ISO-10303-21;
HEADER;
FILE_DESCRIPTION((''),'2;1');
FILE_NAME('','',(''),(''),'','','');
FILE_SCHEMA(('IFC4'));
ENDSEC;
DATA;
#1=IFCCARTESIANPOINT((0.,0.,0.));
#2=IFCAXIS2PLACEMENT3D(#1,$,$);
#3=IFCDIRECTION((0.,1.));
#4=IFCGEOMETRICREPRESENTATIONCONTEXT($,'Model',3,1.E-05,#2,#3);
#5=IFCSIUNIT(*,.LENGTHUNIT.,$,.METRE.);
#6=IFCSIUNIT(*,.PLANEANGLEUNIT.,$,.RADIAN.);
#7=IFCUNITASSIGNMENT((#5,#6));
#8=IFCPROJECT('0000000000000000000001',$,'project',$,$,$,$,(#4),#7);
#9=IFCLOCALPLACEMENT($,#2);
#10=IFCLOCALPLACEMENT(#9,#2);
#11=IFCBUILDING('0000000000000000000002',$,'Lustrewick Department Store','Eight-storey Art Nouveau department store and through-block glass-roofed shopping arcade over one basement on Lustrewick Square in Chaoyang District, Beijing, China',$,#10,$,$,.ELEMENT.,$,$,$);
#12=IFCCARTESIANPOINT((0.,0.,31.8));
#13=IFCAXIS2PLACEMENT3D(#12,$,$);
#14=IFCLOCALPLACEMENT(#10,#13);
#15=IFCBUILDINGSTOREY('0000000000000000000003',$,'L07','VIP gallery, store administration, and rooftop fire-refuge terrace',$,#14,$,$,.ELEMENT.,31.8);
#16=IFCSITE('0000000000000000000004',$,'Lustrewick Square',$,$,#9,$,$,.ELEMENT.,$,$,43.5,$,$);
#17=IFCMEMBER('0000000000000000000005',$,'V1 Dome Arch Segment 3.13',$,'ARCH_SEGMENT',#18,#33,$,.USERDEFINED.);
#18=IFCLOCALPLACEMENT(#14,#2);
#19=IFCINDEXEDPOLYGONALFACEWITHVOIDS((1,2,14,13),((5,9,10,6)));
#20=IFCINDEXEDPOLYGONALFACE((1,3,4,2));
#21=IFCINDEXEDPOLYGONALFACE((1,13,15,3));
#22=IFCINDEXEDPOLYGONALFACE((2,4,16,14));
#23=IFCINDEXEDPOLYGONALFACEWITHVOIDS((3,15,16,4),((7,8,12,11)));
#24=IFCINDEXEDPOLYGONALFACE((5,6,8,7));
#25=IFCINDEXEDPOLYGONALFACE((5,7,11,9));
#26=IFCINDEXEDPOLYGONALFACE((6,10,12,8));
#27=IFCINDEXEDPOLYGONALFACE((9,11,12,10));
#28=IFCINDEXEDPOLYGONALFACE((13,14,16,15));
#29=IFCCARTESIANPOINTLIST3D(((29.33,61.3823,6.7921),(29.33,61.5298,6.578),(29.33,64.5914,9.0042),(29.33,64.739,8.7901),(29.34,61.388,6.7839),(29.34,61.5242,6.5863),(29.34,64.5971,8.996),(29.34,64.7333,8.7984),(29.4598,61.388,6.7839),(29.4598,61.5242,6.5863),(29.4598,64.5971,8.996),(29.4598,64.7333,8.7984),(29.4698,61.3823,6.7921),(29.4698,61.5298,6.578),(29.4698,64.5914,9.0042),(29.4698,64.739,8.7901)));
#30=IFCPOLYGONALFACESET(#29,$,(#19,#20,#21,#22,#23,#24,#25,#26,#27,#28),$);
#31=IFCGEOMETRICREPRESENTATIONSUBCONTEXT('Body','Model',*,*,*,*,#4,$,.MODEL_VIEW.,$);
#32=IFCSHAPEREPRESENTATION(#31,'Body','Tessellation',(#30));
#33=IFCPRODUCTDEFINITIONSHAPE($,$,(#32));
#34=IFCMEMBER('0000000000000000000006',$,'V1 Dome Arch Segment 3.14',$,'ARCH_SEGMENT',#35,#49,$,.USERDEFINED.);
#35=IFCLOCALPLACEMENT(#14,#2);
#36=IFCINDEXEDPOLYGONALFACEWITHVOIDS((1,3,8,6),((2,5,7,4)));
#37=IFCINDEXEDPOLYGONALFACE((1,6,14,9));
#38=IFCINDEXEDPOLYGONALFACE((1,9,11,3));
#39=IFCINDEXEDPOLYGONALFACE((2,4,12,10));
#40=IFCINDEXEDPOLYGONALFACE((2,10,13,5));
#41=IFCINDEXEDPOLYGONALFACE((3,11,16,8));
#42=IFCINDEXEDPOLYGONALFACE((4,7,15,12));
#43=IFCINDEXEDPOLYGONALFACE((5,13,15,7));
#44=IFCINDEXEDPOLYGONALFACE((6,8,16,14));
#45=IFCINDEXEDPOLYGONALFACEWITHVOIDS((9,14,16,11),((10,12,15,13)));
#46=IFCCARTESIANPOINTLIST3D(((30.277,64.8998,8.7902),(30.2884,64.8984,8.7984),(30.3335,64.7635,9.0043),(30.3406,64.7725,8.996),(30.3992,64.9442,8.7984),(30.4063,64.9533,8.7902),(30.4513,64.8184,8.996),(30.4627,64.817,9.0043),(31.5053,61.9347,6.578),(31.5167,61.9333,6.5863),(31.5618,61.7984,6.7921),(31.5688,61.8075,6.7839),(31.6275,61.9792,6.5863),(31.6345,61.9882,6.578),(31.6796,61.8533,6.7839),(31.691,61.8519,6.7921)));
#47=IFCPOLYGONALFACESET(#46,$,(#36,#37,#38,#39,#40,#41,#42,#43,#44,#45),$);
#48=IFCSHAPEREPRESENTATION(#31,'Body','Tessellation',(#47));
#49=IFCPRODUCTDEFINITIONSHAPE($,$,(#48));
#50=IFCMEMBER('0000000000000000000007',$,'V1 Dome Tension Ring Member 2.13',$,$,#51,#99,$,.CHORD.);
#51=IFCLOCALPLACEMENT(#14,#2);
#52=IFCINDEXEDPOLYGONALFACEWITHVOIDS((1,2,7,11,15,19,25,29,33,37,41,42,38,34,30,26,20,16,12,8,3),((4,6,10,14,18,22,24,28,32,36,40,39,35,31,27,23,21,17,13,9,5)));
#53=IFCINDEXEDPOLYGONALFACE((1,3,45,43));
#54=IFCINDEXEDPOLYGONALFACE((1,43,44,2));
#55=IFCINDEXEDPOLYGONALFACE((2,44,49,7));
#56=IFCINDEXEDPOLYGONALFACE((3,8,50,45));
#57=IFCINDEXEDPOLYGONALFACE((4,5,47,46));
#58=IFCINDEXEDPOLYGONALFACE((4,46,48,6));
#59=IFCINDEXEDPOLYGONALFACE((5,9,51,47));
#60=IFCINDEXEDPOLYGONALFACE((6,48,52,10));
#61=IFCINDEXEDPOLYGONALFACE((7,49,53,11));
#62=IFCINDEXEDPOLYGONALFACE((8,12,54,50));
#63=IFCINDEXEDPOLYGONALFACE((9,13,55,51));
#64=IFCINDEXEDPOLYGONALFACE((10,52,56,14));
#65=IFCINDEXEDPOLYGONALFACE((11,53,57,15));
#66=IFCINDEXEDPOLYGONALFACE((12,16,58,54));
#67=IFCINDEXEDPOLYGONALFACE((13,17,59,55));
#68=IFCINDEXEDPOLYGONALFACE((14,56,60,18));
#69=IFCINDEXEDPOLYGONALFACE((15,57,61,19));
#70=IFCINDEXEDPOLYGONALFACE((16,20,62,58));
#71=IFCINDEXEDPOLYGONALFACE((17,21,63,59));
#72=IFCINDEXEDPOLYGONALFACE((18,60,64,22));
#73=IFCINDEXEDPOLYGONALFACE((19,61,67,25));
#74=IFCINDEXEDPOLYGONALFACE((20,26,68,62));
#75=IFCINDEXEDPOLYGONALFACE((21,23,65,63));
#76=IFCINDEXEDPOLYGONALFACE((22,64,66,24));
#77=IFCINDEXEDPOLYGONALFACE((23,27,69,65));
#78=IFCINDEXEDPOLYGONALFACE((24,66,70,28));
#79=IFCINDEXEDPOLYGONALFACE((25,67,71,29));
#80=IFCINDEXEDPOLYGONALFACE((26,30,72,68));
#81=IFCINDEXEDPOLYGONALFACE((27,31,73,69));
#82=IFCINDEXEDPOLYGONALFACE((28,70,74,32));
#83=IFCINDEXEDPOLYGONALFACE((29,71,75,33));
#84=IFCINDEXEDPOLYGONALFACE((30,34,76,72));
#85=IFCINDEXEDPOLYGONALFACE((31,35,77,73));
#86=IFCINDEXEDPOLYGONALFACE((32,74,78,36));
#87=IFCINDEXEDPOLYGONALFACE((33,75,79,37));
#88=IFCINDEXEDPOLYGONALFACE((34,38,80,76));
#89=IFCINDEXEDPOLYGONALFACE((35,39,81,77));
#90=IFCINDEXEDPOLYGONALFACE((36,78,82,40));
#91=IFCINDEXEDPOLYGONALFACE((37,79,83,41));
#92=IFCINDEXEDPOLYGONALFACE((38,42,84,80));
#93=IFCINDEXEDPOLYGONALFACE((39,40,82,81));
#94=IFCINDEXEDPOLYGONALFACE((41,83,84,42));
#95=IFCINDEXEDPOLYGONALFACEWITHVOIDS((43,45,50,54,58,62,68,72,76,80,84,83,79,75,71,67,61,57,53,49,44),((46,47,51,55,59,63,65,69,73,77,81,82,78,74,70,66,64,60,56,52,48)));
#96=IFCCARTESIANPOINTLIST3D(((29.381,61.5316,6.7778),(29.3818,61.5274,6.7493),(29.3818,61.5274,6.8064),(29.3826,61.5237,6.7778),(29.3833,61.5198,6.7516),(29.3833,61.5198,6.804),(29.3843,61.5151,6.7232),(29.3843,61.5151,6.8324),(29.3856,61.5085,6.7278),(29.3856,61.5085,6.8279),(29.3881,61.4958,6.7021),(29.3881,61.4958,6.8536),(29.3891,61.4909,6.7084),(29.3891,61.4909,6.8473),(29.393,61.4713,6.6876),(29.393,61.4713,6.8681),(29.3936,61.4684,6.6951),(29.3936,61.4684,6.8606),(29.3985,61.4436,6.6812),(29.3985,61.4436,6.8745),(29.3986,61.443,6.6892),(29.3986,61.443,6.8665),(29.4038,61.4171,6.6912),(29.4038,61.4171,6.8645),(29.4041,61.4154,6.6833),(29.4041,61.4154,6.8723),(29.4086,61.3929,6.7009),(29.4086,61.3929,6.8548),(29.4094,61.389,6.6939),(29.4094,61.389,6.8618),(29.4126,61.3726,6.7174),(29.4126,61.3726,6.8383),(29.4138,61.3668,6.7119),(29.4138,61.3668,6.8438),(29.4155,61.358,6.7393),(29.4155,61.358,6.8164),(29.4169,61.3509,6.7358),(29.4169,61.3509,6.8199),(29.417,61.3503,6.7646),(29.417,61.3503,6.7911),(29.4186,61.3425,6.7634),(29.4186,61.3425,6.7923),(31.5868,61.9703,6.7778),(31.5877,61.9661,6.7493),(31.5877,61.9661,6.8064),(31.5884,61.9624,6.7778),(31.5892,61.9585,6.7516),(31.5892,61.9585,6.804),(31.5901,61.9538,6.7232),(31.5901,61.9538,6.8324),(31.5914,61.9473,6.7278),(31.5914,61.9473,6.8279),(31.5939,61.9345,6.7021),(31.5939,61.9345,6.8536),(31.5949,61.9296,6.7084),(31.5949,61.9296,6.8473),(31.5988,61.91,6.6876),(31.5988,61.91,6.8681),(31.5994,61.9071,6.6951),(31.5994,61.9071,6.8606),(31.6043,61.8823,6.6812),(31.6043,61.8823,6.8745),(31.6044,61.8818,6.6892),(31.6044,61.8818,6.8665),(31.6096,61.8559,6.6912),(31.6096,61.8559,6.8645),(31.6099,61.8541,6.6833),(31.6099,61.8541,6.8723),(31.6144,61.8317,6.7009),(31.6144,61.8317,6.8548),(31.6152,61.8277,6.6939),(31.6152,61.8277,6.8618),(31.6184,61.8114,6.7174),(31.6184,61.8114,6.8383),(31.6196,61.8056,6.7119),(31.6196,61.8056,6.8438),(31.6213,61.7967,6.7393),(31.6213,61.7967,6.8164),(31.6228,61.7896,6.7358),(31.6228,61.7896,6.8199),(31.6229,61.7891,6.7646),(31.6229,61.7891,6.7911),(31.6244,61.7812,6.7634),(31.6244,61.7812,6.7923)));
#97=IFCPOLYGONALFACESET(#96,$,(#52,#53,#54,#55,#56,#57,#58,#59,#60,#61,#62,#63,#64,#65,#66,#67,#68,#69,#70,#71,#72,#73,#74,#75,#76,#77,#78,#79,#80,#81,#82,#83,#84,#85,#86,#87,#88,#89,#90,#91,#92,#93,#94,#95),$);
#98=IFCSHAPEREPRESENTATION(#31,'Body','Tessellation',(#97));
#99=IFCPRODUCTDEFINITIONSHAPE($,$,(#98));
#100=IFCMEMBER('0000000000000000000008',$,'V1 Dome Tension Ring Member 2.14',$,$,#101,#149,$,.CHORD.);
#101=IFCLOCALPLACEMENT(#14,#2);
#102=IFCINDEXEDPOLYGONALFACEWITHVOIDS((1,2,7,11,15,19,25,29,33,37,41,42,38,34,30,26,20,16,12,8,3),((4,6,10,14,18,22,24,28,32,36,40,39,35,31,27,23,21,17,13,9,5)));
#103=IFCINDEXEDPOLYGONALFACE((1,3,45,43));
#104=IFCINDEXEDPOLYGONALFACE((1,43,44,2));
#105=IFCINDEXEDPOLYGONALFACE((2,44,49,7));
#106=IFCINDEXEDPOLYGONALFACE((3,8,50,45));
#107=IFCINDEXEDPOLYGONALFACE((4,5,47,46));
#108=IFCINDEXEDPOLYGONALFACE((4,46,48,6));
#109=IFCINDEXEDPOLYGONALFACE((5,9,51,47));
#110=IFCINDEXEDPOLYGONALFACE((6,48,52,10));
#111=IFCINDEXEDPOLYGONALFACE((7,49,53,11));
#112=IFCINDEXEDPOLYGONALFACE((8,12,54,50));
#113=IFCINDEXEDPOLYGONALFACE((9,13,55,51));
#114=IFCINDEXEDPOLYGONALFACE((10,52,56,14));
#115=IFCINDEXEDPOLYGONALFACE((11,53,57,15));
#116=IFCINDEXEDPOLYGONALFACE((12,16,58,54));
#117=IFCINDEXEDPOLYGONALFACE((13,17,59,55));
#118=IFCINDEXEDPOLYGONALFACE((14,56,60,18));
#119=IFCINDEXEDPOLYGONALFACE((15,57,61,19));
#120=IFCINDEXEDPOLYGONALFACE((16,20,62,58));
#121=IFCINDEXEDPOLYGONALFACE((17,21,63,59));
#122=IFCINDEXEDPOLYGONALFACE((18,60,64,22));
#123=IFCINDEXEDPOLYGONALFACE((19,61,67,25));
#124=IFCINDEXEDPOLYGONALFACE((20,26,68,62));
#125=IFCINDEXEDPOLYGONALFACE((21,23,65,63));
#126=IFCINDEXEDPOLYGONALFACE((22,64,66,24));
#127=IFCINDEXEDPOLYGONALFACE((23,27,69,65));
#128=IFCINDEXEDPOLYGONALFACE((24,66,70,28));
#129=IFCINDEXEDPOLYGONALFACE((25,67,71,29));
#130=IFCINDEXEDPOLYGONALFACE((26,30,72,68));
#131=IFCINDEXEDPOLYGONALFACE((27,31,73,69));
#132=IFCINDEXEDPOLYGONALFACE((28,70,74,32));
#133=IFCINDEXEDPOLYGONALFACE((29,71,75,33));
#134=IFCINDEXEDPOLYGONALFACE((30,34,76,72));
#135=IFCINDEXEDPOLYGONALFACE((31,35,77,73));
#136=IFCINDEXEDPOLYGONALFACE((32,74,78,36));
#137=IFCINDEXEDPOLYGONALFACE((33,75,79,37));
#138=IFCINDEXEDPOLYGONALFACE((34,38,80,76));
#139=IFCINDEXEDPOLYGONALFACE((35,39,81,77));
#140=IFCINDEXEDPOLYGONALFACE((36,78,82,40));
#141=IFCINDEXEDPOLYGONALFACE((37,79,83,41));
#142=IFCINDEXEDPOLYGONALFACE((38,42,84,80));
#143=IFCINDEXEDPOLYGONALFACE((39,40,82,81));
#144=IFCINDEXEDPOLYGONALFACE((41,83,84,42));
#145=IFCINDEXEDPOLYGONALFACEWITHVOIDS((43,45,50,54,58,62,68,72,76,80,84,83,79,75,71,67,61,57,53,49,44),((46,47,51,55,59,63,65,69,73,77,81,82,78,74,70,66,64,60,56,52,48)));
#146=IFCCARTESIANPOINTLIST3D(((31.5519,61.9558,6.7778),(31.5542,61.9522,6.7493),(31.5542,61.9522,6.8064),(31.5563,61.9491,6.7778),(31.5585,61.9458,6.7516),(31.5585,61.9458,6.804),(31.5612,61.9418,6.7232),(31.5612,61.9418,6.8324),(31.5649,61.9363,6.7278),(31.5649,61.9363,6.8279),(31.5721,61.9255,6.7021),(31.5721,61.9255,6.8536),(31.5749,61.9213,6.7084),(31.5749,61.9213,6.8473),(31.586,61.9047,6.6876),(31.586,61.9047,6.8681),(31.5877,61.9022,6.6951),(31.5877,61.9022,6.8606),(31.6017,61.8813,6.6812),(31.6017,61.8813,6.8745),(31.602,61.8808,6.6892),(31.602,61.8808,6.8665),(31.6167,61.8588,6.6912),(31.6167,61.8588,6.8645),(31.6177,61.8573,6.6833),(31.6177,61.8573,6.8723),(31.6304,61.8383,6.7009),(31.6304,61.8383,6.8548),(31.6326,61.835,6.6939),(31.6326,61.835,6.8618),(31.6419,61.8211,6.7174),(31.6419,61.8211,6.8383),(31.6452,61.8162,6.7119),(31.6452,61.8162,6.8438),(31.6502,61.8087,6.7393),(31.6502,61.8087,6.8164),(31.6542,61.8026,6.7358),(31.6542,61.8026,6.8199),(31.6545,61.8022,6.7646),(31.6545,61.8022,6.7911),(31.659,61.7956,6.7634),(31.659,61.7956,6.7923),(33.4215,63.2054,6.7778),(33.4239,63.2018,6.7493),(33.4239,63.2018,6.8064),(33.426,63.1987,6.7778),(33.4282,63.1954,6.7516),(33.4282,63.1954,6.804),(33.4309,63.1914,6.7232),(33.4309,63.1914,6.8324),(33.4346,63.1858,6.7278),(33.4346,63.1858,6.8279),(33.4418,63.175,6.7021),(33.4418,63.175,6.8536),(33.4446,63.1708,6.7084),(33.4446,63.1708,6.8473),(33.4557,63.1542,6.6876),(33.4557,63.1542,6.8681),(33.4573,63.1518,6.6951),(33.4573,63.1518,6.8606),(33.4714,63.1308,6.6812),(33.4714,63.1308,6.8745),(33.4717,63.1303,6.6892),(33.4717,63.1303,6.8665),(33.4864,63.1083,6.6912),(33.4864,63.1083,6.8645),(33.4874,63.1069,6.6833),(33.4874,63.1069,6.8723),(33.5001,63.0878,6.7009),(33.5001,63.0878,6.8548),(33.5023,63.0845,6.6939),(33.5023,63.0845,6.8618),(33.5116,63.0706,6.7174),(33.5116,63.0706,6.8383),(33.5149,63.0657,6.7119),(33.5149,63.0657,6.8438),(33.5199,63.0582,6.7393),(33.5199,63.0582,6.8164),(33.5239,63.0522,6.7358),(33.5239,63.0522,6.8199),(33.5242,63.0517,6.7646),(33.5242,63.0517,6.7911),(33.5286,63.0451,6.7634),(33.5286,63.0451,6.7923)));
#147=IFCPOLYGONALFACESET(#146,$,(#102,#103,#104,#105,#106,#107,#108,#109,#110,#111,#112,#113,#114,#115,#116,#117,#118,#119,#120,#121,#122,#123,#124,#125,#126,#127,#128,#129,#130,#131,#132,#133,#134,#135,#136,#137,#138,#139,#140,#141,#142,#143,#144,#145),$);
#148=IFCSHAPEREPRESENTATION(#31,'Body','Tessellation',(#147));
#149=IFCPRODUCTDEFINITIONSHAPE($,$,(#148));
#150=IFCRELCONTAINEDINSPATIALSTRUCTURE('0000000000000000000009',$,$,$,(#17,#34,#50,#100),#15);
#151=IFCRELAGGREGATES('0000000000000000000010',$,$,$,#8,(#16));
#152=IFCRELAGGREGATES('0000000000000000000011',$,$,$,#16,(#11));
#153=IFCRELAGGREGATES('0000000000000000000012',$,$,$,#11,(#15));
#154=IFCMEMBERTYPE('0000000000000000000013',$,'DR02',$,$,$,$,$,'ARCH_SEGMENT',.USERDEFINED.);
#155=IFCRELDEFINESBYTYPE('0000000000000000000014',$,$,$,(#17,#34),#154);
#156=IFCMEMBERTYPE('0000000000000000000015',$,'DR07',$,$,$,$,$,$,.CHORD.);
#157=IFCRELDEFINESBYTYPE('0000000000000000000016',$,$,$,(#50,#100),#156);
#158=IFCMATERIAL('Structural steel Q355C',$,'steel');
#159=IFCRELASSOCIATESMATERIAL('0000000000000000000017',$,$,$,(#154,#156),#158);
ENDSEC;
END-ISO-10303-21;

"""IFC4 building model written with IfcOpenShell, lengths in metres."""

from ifc_helpers import new_model, si_unit, direction, frame, origin, origin_2d, place, context, subcontext, project, spatial, hollow_rectangle, hollow_circle, extrude, material, material_profile, profile_set, type_object, element, save


model = new_model("IFC4")

# Units and contexts
model_context = context("Model", 3, precision=1e-05, world=origin(), true_north=direction((0.0, 1.0)))
body_context = subcontext(model_context, "Body", "Model", "MODEL_VIEW")
ifc_project = project(units=[si_unit("LENGTHUNIT", "METRE"), si_unit("PLANEANGLEUNIT", "RADIAN")], contexts=[model_context])

# Site, building, storey
site_placement = place(None, origin())
site = spatial("IfcSite", under=ifc_project, at=site_placement, Name="Lustrewick Square", CompositionType="ELEMENT", RefElevation=43.5)
building_placement = place(site_placement, origin())
building = spatial("IfcBuilding", under=site, at=building_placement, Name="Lustrewick Department Store", Description="Eight-storey Art Nouveau department store and through-block glass-roofed shopping arcade over one basement on Lustrewick Square in Chaoyang District, Beijing, China", CompositionType="ELEMENT")
storey_placement = place(building_placement, frame((0.0, 0.0, 31.8)))
storey = spatial("IfcBuildingStorey", under=building, at=storey_placement, Name="L07", Description="VIP gallery, store administration, and rooftop fire-refuge terrace", CompositionType="ELEMENT", Elevation=31.8)

# Members
ifc_material_1 = material(Name="Structural steel Q355C", Category="steel")
ifc_material_profile_1 = material_profile(ifc_material_1, hollow_rectangle(XDim=0.1399, YDim=0.26, WallThickness=0.01, at=origin_2d()), Name="RHS 260x140x10")
ifc_profile_set_1 = profile_set([ifc_material_profile_1], Name="Structural steel Q355C")
member_type_1 = type_object("IfcMemberType", Name="DR02", ElementType="ARCH_SEGMENT", PredefinedType="USERDEFINED", material=ifc_profile_set_1)
member_1_placement = place(storey_placement, frame((29.3999, 61.4561, 6.6851), z_axis=(0.0, 0.823345, 0.567541), x_axis=(-1.0, 0.0, 0.0)))
element("IfcMember", 1, at=member_1_placement, inside=storey, type_object=member_type_1, Name="V1 Dome Arch Segment 3.13", ObjectType="ARCH_SEGMENT", PredefinedType="USERDEFINED", context=body_context, shape_type="SweptSolid", body=[
    extrude(hollow_rectangle(XDim=0.1399, YDim=0.26, WallThickness=0.01, at=origin_2d()), origin(), (0.0, 0.0, 1.0), 3.8977),
])
member_2_placement = place(storey_placement, frame((31.5981, 61.8933, 6.6851), z_axis=(-0.315107, 0.760678, 0.567518), x_axis=(-0.923869, -0.382708, 0.0)))
element("IfcMember", 2, at=member_2_placement, inside=storey, type_object=member_type_1, Name="V1 Dome Arch Segment 3.14", ObjectType="ARCH_SEGMENT", PredefinedType="USERDEFINED", context=body_context, shape_type="SweptSolid", body=[
    extrude(hollow_rectangle(XDim=0.1399, YDim=0.26, WallThickness=0.01, at=origin_2d()), origin(), (0.0, 0.0, 1.0), 3.8979),
])
ifc_material_profile_2 = material_profile(ifc_material_1, hollow_circle(Radius=0.0969, WallThickness=0.0081, at=origin_2d()), Name="CHS 194x8")
ifc_profile_set_2 = profile_set([ifc_material_profile_2], Name="Structural steel Q355C")
member_type_2 = type_object("IfcMemberType", Name="DR07", PredefinedType="CHORD", material=ifc_profile_set_2)
member_3_placement = place(storey_placement, frame((29.3999, 61.4365, 6.7778), z_axis=(0.980789, 0.195072, 0.0), x_axis=(-0.195072, 0.980789, 0.0)))
element("IfcMember", 3, at=member_3_placement, inside=storey, type_object=member_type_2, Name="V1 Dome Tension Ring Member 2.13", PredefinedType="CHORD", context=body_context, shape_type="SweptSolid", body=[
    extrude(hollow_circle(Radius=0.0969, WallThickness=0.0081, at=origin_2d()), origin(), (0.0, 0.0, 1.0), 2.249),
])
member_4_placement = place(storey_placement, frame((31.6057, 61.8752, 6.7778), z_axis=(0.831415, 0.555652, 0.0), x_axis=(-0.555652, 0.831415, 0.0)))
element("IfcMember", 4, at=member_4_placement, inside=storey, type_object=member_type_2, Name="V1 Dome Tension Ring Member 2.14", PredefinedType="CHORD", context=body_context, shape_type="SweptSolid", body=[
    extrude(hollow_circle(Radius=0.0969, WallThickness=0.0081, at=origin_2d()), origin(), (0.0, 0.0, 1.0), 2.2488),
])

save(model, "model.ifc")
